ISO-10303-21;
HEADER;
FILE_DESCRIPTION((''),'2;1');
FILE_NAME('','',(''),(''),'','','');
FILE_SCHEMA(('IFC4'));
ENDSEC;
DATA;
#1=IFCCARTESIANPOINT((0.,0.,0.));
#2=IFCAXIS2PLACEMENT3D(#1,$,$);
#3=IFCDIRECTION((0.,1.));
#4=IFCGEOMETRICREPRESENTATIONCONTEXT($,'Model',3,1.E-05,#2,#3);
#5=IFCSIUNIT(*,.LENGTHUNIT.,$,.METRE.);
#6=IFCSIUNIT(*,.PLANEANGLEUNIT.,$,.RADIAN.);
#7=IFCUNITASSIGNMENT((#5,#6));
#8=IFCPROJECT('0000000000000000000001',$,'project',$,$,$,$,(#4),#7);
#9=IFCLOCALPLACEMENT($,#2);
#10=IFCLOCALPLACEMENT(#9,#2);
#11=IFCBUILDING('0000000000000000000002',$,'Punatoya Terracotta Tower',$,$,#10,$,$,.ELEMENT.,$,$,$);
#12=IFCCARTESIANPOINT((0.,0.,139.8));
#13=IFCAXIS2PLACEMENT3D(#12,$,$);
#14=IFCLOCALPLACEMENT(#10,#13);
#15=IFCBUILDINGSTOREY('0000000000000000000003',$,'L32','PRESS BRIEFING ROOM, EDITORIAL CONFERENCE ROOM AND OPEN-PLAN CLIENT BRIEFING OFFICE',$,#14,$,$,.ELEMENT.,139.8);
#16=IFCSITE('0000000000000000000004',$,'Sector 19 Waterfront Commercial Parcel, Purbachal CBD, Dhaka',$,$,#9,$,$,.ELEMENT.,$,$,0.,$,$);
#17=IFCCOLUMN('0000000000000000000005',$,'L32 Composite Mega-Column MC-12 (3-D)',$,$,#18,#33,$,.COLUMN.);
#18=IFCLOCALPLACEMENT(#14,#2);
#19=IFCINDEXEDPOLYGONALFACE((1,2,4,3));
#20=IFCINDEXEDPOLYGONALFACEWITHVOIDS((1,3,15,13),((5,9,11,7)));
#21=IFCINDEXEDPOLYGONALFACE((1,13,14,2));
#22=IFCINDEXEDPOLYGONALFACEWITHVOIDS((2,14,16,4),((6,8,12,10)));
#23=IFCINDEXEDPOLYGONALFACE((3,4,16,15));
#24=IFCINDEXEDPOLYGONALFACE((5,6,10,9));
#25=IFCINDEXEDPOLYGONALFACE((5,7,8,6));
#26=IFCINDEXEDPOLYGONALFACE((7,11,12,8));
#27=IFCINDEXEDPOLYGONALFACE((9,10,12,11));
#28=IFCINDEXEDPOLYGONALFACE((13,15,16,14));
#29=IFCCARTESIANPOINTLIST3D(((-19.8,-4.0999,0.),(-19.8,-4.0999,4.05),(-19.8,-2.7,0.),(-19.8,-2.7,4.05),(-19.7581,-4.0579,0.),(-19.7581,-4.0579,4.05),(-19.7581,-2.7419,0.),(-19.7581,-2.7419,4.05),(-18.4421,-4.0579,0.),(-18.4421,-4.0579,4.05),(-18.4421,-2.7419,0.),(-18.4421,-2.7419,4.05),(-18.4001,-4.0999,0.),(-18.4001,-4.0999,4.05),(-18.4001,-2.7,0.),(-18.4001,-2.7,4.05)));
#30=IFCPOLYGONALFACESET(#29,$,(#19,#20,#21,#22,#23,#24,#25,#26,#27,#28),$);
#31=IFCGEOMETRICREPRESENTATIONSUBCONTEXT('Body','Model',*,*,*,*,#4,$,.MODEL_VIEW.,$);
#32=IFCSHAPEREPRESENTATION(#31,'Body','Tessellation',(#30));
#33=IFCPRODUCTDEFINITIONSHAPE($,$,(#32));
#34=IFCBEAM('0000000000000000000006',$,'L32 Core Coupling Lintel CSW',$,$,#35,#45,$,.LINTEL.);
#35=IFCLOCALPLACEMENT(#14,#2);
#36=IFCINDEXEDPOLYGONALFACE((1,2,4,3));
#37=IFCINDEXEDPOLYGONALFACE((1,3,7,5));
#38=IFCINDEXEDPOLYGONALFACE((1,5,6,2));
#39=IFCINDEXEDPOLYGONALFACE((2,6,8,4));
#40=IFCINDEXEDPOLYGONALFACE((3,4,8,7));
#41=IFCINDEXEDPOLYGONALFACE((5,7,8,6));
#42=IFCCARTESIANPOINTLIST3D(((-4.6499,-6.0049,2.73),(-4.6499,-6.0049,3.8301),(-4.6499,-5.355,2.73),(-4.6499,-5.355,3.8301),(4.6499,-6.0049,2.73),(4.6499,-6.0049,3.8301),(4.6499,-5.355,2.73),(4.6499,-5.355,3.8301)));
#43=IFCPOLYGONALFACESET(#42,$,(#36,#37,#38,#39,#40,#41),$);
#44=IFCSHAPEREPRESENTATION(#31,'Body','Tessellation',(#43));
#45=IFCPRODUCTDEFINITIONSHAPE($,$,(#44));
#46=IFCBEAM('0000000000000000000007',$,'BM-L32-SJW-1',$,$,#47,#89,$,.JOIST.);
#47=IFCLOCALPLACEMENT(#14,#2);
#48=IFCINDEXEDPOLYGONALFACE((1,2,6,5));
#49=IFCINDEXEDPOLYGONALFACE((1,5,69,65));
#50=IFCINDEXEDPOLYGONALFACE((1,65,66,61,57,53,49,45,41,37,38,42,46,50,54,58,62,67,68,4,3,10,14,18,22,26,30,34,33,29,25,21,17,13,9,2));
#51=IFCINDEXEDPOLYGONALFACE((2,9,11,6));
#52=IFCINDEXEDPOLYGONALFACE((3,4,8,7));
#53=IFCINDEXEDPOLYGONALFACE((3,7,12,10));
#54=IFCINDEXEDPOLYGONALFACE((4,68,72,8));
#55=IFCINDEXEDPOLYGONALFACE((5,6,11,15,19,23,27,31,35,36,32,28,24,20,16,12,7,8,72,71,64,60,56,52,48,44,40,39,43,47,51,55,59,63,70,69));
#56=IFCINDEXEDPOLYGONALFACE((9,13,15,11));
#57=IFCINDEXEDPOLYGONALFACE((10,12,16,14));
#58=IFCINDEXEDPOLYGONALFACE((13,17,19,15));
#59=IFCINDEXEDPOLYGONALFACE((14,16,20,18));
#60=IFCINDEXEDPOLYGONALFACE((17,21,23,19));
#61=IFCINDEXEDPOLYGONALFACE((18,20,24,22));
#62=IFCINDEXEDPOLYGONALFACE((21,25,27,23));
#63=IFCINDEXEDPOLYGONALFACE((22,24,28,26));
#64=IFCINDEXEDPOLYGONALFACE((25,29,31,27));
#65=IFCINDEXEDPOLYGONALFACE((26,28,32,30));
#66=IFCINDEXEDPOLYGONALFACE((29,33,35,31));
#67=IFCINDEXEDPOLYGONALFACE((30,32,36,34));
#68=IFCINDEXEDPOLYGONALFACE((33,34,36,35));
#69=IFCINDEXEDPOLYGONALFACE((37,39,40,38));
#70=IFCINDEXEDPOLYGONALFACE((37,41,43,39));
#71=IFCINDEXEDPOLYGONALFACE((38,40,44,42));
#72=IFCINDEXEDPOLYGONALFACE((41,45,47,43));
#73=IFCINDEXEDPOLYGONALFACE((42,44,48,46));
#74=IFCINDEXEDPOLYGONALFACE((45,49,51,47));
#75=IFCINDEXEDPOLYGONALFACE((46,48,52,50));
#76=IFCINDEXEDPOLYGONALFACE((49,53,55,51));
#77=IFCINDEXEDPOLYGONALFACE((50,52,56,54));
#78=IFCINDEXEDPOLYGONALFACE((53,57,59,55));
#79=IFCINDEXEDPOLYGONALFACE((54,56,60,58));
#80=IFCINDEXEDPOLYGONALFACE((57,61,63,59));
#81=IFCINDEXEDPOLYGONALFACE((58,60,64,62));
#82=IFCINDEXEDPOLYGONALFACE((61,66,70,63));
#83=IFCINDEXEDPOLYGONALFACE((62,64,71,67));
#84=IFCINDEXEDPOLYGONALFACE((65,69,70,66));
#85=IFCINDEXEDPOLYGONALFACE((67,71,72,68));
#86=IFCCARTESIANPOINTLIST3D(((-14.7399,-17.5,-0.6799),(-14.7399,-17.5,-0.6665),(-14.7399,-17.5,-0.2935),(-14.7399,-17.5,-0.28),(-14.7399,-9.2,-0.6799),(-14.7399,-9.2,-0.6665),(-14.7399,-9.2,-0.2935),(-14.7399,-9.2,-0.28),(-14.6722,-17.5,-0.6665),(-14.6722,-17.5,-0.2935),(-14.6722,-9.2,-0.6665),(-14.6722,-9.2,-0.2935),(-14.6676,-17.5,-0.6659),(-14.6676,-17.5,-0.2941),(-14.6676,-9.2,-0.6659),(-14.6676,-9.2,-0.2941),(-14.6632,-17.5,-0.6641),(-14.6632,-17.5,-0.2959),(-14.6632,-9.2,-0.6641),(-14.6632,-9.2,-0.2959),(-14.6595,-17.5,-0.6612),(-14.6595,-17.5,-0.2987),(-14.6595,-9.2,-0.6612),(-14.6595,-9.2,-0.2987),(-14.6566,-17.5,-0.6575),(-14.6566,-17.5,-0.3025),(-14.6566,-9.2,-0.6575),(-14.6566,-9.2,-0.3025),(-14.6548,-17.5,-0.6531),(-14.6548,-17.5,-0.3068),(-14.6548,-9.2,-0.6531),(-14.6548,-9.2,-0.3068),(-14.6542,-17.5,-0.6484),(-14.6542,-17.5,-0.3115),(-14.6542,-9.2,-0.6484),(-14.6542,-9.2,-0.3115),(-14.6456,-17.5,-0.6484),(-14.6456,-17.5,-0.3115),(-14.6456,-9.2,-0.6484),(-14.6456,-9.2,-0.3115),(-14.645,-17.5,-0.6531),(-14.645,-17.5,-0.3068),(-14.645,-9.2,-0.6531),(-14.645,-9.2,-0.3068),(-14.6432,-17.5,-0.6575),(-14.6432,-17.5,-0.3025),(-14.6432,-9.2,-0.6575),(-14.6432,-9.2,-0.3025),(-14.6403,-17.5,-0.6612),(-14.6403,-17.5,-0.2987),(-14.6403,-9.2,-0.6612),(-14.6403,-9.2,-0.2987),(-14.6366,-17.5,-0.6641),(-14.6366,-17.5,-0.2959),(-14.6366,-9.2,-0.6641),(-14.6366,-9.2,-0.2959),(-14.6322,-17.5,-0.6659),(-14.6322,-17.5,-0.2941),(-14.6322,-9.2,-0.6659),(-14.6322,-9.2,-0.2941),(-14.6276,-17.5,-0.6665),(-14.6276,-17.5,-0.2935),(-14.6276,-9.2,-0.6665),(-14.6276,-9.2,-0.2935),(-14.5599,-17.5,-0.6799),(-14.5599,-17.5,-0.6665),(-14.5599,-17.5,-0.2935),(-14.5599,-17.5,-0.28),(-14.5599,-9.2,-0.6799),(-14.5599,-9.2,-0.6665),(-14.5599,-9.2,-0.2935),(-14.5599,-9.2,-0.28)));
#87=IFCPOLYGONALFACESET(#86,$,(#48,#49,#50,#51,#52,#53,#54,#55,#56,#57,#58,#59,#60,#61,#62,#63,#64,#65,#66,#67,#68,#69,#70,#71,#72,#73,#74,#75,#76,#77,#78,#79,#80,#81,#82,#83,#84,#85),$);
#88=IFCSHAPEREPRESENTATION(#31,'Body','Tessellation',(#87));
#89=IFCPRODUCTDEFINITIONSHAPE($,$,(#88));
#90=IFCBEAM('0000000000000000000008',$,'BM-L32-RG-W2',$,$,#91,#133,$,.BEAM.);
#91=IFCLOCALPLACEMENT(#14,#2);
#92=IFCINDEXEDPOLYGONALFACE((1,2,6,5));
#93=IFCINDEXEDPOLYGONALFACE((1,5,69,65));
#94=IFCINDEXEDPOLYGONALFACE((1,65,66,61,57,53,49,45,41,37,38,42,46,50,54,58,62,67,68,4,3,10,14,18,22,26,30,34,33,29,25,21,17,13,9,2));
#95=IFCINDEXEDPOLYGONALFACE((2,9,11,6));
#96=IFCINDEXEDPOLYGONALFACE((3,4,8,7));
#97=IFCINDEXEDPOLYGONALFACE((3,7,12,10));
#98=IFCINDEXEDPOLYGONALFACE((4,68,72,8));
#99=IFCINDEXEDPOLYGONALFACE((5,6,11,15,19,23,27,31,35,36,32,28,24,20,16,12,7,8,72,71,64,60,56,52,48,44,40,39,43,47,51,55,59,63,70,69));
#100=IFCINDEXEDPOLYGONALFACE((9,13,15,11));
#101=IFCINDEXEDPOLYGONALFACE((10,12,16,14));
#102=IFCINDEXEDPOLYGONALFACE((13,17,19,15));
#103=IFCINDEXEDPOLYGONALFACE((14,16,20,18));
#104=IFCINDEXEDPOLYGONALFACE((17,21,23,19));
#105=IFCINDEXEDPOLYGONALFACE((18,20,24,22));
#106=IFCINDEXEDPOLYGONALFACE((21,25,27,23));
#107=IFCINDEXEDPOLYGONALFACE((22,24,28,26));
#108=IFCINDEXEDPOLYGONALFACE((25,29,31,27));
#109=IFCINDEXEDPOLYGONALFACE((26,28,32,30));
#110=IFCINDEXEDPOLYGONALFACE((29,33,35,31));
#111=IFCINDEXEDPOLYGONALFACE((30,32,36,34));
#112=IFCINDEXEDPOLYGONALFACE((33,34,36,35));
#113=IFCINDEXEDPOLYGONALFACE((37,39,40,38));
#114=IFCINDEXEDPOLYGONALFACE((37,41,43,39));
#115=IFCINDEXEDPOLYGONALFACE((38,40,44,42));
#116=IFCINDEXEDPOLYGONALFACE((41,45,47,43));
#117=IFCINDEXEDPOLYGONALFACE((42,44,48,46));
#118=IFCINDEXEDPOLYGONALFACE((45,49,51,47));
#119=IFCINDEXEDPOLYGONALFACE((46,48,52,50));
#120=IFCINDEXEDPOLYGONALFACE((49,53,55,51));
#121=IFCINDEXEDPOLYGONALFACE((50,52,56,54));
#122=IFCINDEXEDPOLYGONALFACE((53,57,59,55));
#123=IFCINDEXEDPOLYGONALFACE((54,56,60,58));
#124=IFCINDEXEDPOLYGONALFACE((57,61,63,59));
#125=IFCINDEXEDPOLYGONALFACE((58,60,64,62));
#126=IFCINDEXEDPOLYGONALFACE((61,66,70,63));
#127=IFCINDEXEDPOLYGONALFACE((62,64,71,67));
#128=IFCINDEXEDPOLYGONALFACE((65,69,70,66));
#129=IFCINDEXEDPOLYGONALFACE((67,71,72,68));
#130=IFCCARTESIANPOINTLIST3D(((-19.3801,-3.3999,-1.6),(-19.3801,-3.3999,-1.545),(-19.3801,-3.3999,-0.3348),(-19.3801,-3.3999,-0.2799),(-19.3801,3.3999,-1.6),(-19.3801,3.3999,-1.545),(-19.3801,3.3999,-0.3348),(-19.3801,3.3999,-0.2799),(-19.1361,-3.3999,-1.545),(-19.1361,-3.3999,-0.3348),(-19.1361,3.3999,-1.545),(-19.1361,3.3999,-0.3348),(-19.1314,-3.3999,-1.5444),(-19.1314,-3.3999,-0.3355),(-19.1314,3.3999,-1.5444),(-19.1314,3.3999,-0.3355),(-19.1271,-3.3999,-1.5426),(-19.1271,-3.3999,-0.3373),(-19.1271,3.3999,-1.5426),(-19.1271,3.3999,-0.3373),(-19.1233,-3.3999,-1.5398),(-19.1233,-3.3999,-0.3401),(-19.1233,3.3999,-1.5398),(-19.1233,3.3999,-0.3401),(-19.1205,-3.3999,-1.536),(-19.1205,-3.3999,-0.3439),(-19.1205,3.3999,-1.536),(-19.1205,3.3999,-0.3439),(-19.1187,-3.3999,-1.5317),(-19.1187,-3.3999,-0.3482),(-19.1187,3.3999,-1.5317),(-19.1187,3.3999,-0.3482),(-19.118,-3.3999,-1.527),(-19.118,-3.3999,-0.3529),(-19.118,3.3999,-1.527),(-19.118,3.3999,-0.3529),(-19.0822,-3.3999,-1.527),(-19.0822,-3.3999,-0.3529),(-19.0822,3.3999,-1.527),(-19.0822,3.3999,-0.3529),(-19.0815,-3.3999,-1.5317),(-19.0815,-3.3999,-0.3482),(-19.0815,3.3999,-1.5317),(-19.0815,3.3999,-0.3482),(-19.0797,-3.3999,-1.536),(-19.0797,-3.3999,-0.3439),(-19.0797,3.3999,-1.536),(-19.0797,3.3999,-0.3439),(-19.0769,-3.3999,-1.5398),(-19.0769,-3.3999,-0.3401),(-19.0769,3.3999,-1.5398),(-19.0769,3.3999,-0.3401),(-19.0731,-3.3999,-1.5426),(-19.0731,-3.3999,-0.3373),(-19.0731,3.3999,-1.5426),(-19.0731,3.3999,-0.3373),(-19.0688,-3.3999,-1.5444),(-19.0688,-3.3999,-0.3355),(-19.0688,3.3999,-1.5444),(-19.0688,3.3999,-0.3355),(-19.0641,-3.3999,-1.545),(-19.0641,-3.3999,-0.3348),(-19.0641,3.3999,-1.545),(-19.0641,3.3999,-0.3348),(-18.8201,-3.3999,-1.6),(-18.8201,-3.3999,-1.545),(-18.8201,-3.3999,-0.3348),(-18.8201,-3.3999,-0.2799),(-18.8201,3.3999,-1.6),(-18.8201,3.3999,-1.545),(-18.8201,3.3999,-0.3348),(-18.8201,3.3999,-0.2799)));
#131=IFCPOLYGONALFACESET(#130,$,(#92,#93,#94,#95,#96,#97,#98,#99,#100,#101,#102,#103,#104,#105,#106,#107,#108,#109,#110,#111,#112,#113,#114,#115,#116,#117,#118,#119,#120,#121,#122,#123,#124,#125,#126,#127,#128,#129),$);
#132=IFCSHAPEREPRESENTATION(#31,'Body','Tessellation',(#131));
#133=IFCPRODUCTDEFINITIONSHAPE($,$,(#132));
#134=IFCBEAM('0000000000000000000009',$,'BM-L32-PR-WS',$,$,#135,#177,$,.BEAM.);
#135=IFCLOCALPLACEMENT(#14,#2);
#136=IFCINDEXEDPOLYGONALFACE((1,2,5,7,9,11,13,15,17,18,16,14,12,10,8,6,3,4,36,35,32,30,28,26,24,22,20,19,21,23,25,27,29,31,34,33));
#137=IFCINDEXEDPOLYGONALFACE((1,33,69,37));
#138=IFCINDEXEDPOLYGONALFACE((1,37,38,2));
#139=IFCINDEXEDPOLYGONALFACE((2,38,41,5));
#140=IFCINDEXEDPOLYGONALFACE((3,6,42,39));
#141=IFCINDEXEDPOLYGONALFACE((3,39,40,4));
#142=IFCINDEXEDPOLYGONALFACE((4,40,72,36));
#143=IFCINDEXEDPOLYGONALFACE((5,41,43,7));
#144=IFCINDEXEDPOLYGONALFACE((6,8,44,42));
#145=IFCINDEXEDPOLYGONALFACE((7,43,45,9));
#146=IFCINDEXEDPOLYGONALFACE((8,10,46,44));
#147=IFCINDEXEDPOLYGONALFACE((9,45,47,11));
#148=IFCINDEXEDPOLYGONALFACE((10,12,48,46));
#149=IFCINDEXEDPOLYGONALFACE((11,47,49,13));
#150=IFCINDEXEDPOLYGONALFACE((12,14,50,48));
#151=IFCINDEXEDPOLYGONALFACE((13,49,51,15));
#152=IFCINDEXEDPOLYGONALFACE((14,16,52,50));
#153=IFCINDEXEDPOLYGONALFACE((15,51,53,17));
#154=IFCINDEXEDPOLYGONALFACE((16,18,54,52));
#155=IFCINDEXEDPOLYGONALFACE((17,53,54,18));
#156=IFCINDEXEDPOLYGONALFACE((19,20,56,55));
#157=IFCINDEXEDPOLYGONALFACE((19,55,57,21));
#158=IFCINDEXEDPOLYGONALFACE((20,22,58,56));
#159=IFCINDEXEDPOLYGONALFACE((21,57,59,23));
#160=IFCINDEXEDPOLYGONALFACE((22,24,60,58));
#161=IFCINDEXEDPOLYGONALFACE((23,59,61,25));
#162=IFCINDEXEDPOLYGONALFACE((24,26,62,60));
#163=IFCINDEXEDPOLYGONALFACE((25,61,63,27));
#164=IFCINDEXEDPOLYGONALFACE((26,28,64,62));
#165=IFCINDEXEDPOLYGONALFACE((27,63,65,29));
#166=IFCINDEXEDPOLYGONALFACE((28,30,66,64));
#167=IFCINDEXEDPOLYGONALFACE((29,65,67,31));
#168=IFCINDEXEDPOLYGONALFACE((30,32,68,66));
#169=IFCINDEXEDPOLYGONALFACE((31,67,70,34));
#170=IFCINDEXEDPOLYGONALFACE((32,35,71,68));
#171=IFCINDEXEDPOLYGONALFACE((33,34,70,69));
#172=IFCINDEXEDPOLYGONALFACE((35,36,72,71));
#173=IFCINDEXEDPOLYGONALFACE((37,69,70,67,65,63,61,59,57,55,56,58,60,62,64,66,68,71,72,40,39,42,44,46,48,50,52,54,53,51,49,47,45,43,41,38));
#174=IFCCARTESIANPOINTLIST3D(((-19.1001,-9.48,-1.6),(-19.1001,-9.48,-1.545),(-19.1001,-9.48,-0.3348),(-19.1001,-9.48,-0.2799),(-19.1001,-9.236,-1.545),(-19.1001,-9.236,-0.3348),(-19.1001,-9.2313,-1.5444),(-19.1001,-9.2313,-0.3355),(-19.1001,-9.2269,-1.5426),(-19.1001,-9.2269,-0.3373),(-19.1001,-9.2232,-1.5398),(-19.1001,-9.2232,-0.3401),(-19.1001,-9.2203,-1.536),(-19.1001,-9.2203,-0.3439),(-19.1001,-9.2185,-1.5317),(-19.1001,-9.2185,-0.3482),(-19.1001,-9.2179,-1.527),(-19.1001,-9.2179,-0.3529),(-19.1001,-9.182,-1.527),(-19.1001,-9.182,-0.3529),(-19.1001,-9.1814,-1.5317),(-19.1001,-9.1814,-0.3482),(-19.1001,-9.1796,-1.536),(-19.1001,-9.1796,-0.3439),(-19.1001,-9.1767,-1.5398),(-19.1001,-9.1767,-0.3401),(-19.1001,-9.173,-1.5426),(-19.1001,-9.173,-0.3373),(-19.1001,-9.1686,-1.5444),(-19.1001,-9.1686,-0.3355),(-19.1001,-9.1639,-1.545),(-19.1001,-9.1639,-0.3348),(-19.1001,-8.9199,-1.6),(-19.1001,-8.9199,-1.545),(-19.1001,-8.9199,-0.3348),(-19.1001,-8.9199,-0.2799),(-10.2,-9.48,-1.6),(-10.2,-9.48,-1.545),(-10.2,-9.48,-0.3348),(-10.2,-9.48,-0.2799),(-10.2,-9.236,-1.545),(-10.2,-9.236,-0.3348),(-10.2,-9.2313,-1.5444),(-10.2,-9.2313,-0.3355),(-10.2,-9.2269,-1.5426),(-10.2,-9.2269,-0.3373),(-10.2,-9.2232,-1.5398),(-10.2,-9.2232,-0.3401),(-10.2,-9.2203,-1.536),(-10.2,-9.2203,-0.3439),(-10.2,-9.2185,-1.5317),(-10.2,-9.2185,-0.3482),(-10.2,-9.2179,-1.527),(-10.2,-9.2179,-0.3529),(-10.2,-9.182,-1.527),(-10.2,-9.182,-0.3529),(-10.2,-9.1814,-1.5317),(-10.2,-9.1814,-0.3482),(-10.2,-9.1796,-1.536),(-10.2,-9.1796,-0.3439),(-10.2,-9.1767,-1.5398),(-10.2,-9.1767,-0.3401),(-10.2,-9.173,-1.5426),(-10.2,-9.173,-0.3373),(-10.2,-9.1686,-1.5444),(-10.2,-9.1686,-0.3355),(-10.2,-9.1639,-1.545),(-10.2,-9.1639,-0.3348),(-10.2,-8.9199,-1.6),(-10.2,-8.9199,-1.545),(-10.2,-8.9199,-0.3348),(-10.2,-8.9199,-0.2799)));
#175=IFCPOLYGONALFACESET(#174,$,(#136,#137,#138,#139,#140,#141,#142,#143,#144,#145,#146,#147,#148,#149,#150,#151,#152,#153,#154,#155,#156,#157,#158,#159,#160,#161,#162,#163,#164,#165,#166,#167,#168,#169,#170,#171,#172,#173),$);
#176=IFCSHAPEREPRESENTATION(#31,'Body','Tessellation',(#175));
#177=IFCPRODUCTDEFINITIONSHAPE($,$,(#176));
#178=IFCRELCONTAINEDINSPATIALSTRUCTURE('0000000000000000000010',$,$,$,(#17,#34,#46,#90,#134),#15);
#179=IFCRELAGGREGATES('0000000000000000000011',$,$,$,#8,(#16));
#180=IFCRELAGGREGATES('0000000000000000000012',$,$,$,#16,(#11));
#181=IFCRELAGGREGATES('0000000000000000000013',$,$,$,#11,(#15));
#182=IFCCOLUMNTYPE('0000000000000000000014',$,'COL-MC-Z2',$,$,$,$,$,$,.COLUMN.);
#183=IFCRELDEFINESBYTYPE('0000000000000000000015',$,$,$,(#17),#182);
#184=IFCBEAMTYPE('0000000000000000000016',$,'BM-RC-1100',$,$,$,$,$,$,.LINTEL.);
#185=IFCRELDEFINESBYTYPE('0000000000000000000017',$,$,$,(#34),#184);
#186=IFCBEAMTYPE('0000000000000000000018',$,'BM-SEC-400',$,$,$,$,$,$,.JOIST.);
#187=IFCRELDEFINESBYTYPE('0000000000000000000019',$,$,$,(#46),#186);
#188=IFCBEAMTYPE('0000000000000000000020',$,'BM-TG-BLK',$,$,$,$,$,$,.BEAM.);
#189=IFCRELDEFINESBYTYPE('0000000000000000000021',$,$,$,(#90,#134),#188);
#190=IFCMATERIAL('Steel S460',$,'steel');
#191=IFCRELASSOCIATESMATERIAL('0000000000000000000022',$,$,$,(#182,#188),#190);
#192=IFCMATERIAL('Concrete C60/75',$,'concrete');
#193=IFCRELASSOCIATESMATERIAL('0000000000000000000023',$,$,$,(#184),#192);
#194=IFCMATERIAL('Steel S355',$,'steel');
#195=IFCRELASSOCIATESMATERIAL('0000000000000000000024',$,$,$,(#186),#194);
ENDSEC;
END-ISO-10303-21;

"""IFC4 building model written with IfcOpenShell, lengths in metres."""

from ifc_helpers import new_model, si_unit, direction, frame, origin, origin_2d, place, context, subcontext, project, spatial, rectangle, hollow_rectangle, i_section, extrude, material, material_profile, profile_set, type_object, element, save


model = new_model("IFC4")

# Units and contexts
model_context = context("Model", 3, precision=1e-05, world=origin(), true_north=direction((0.0, 1.0)))
body_context = subcontext(model_context, "Body", "Model", "MODEL_VIEW")
ifc_project = project(units=[si_unit("LENGTHUNIT", "METRE"), si_unit("PLANEANGLEUNIT", "RADIAN")], contexts=[model_context])

# Site, building, storey
site_placement = place(None, origin())
site = spatial("IfcSite", under=ifc_project, at=site_placement, Name="Sector 19 Waterfront Commercial Parcel, Purbachal CBD, Dhaka", CompositionType="ELEMENT", RefElevation=0.0)
building_placement = place(site_placement, origin())
building = spatial("IfcBuilding", under=site, at=building_placement, Name="Punatoya Terracotta Tower", CompositionType="ELEMENT")
storey_placement = place(building_placement, frame((0.0, 0.0, 139.8)))
storey = spatial("IfcBuildingStorey", under=building, at=storey_placement, Name="L32", Description="PRESS BRIEFING ROOM, EDITORIAL CONFERENCE ROOM AND OPEN-PLAN CLIENT BRIEFING OFFICE", CompositionType="ELEMENT", Elevation=139.8)

# Column
ifc_material_1 = material(Name="Steel S460", Category="steel")
ifc_material_profile_1 = material_profile(ifc_material_1, hollow_rectangle(XDim=1.3999, YDim=1.3999, WallThickness=0.042, at=origin_2d()))
ifc_profile_set_1 = profile_set([ifc_material_profile_1], Name="Steel S460")
column_type = type_object("IfcColumnType", Name="COL-MC-Z2", PredefinedType="COLUMN", material=ifc_profile_set_1)
column_placement = place(storey_placement, frame((-19.1001, -3.3999, 0.0), z_axis=(0.0, 0.0, 1.0), x_axis=(1.0, 0.0, 0.0)))
element("IfcColumn", 1, at=column_placement, inside=storey, type_object=column_type, Name="L32 Composite Mega-Column MC-12 (3-D)", PredefinedType="COLUMN", context=body_context, shape_type="SweptSolid", body=[
    extrude(hollow_rectangle(XDim=1.3999, YDim=1.3999, WallThickness=0.042, at=origin_2d()), origin(), (0.0, 0.0, 1.0), 4.05),
])

# Beams
ifc_material_2 = material(Name="Concrete C60/75", Category="concrete")
ifc_material_profile_2 = material_profile(ifc_material_2, rectangle(XDim=0.6499, YDim=1.1001, at=origin_2d()))
ifc_profile_set_2 = profile_set([ifc_material_profile_2], Name="Concrete C60/75")
beam_type_1 = type_object("IfcBeamType", Name="BM-RC-1100", PredefinedType="LINTEL", material=ifc_profile_set_2)
beam_1_placement = place(storey_placement, frame((-4.6499, -5.6799, 3.28), z_axis=(1.0, 0.0, 0.0), x_axis=(0.0, 1.0, 0.0)))
element("IfcBeam", 2, at=beam_1_placement, inside=storey, type_object=beam_type_1, Name="L32 Core Coupling Lintel CSW", PredefinedType="LINTEL", context=body_context, shape_type="SweptSolid", body=[
    extrude(rectangle(XDim=0.6499, YDim=1.1001, at=origin_2d()), origin(), (0.0, 0.0, 1.0), 9.2998),
])
ifc_material_3 = material(Name="Steel S355", Category="steel")
ifc_material_profile_3 = material_profile(ifc_material_3, i_section(OverallWidth=0.1799, OverallDepth=0.3999, WebThickness=0.0085, FlangeThickness=0.0134, FilletRadius=0.0181, at=origin_2d()))
ifc_profile_set_3 = profile_set([ifc_material_profile_3], Name="Steel S355")
beam_type_2 = type_object("IfcBeamType", Name="BM-SEC-400", PredefinedType="JOIST", material=ifc_profile_set_3)
beam_2_placement = place(storey_placement, frame((-14.6499, -17.5, -0.48), z_axis=(0.0, 1.0, 0.0), x_axis=(-1.0, 0.0, 0.0)))
element("IfcBeam", 3, at=beam_2_placement, inside=storey, type_object=beam_type_2, Name="BM-L32-SJW-1", PredefinedType="JOIST", context=body_context, shape_type="SweptSolid", body=[
    extrude(i_section(OverallWidth=0.1799, OverallDepth=0.3999, WebThickness=0.0085, FlangeThickness=0.0134, FilletRadius=0.0181, at=origin_2d()), origin(), (0.0, 0.0, 1.0), 8.3),
])
ifc_material_profile_4 = material_profile(ifc_material_1, i_section(OverallWidth=0.5601, OverallDepth=1.3201, WebThickness=0.0359, FlangeThickness=0.0549, FilletRadius=0.0181, at=origin_2d()))
ifc_profile_set_4 = profile_set([ifc_material_profile_4], Name="Steel S460")
beam_type_3 = type_object("IfcBeamType", Name="BM-TG-BLK", PredefinedType="BEAM", material=ifc_profile_set_4)
beam_3_placement = place(storey_placement, frame((-19.1001, -3.3999, -0.9399), z_axis=(0.0, 1.0, 0.0), x_axis=(-1.0, 0.0, 0.0)))
element("IfcBeam", 4, at=beam_3_placement, inside=storey, type_object=beam_type_3, Name="BM-L32-RG-W2", PredefinedType="BEAM", context=body_context, shape_type="SweptSolid", body=[
    extrude(i_section(OverallWidth=0.5601, OverallDepth=1.3201, WebThickness=0.0359, FlangeThickness=0.0549, FilletRadius=0.0181, at=origin_2d()), origin(), (0.0, 0.0, 1.0), 6.7998),
])
for number, where, z_axis, x_axis, name in (
    (5, (-19.1001, -9.2, -0.9399), (1.0, 0.0, 0.0), (0.0, 1.0, 0.0), "BM-L32-PR-WS"),
):
    element("IfcBeam", number, at=place(storey_placement, frame(where, z_axis=z_axis, x_axis=x_axis)), inside=storey, type_object=beam_type_3, Name=name, PredefinedType="BEAM", context=body_context, shape_type="SweptSolid", body=[
        extrude(i_section(OverallWidth=0.5601, OverallDepth=1.3201, WebThickness=0.0359, FlangeThickness=0.0549, FilletRadius=0.0181, at=origin_2d()), origin(), (0.0, 0.0, 1.0), 8.9001),
    ])

save(model, "model.ifc")
